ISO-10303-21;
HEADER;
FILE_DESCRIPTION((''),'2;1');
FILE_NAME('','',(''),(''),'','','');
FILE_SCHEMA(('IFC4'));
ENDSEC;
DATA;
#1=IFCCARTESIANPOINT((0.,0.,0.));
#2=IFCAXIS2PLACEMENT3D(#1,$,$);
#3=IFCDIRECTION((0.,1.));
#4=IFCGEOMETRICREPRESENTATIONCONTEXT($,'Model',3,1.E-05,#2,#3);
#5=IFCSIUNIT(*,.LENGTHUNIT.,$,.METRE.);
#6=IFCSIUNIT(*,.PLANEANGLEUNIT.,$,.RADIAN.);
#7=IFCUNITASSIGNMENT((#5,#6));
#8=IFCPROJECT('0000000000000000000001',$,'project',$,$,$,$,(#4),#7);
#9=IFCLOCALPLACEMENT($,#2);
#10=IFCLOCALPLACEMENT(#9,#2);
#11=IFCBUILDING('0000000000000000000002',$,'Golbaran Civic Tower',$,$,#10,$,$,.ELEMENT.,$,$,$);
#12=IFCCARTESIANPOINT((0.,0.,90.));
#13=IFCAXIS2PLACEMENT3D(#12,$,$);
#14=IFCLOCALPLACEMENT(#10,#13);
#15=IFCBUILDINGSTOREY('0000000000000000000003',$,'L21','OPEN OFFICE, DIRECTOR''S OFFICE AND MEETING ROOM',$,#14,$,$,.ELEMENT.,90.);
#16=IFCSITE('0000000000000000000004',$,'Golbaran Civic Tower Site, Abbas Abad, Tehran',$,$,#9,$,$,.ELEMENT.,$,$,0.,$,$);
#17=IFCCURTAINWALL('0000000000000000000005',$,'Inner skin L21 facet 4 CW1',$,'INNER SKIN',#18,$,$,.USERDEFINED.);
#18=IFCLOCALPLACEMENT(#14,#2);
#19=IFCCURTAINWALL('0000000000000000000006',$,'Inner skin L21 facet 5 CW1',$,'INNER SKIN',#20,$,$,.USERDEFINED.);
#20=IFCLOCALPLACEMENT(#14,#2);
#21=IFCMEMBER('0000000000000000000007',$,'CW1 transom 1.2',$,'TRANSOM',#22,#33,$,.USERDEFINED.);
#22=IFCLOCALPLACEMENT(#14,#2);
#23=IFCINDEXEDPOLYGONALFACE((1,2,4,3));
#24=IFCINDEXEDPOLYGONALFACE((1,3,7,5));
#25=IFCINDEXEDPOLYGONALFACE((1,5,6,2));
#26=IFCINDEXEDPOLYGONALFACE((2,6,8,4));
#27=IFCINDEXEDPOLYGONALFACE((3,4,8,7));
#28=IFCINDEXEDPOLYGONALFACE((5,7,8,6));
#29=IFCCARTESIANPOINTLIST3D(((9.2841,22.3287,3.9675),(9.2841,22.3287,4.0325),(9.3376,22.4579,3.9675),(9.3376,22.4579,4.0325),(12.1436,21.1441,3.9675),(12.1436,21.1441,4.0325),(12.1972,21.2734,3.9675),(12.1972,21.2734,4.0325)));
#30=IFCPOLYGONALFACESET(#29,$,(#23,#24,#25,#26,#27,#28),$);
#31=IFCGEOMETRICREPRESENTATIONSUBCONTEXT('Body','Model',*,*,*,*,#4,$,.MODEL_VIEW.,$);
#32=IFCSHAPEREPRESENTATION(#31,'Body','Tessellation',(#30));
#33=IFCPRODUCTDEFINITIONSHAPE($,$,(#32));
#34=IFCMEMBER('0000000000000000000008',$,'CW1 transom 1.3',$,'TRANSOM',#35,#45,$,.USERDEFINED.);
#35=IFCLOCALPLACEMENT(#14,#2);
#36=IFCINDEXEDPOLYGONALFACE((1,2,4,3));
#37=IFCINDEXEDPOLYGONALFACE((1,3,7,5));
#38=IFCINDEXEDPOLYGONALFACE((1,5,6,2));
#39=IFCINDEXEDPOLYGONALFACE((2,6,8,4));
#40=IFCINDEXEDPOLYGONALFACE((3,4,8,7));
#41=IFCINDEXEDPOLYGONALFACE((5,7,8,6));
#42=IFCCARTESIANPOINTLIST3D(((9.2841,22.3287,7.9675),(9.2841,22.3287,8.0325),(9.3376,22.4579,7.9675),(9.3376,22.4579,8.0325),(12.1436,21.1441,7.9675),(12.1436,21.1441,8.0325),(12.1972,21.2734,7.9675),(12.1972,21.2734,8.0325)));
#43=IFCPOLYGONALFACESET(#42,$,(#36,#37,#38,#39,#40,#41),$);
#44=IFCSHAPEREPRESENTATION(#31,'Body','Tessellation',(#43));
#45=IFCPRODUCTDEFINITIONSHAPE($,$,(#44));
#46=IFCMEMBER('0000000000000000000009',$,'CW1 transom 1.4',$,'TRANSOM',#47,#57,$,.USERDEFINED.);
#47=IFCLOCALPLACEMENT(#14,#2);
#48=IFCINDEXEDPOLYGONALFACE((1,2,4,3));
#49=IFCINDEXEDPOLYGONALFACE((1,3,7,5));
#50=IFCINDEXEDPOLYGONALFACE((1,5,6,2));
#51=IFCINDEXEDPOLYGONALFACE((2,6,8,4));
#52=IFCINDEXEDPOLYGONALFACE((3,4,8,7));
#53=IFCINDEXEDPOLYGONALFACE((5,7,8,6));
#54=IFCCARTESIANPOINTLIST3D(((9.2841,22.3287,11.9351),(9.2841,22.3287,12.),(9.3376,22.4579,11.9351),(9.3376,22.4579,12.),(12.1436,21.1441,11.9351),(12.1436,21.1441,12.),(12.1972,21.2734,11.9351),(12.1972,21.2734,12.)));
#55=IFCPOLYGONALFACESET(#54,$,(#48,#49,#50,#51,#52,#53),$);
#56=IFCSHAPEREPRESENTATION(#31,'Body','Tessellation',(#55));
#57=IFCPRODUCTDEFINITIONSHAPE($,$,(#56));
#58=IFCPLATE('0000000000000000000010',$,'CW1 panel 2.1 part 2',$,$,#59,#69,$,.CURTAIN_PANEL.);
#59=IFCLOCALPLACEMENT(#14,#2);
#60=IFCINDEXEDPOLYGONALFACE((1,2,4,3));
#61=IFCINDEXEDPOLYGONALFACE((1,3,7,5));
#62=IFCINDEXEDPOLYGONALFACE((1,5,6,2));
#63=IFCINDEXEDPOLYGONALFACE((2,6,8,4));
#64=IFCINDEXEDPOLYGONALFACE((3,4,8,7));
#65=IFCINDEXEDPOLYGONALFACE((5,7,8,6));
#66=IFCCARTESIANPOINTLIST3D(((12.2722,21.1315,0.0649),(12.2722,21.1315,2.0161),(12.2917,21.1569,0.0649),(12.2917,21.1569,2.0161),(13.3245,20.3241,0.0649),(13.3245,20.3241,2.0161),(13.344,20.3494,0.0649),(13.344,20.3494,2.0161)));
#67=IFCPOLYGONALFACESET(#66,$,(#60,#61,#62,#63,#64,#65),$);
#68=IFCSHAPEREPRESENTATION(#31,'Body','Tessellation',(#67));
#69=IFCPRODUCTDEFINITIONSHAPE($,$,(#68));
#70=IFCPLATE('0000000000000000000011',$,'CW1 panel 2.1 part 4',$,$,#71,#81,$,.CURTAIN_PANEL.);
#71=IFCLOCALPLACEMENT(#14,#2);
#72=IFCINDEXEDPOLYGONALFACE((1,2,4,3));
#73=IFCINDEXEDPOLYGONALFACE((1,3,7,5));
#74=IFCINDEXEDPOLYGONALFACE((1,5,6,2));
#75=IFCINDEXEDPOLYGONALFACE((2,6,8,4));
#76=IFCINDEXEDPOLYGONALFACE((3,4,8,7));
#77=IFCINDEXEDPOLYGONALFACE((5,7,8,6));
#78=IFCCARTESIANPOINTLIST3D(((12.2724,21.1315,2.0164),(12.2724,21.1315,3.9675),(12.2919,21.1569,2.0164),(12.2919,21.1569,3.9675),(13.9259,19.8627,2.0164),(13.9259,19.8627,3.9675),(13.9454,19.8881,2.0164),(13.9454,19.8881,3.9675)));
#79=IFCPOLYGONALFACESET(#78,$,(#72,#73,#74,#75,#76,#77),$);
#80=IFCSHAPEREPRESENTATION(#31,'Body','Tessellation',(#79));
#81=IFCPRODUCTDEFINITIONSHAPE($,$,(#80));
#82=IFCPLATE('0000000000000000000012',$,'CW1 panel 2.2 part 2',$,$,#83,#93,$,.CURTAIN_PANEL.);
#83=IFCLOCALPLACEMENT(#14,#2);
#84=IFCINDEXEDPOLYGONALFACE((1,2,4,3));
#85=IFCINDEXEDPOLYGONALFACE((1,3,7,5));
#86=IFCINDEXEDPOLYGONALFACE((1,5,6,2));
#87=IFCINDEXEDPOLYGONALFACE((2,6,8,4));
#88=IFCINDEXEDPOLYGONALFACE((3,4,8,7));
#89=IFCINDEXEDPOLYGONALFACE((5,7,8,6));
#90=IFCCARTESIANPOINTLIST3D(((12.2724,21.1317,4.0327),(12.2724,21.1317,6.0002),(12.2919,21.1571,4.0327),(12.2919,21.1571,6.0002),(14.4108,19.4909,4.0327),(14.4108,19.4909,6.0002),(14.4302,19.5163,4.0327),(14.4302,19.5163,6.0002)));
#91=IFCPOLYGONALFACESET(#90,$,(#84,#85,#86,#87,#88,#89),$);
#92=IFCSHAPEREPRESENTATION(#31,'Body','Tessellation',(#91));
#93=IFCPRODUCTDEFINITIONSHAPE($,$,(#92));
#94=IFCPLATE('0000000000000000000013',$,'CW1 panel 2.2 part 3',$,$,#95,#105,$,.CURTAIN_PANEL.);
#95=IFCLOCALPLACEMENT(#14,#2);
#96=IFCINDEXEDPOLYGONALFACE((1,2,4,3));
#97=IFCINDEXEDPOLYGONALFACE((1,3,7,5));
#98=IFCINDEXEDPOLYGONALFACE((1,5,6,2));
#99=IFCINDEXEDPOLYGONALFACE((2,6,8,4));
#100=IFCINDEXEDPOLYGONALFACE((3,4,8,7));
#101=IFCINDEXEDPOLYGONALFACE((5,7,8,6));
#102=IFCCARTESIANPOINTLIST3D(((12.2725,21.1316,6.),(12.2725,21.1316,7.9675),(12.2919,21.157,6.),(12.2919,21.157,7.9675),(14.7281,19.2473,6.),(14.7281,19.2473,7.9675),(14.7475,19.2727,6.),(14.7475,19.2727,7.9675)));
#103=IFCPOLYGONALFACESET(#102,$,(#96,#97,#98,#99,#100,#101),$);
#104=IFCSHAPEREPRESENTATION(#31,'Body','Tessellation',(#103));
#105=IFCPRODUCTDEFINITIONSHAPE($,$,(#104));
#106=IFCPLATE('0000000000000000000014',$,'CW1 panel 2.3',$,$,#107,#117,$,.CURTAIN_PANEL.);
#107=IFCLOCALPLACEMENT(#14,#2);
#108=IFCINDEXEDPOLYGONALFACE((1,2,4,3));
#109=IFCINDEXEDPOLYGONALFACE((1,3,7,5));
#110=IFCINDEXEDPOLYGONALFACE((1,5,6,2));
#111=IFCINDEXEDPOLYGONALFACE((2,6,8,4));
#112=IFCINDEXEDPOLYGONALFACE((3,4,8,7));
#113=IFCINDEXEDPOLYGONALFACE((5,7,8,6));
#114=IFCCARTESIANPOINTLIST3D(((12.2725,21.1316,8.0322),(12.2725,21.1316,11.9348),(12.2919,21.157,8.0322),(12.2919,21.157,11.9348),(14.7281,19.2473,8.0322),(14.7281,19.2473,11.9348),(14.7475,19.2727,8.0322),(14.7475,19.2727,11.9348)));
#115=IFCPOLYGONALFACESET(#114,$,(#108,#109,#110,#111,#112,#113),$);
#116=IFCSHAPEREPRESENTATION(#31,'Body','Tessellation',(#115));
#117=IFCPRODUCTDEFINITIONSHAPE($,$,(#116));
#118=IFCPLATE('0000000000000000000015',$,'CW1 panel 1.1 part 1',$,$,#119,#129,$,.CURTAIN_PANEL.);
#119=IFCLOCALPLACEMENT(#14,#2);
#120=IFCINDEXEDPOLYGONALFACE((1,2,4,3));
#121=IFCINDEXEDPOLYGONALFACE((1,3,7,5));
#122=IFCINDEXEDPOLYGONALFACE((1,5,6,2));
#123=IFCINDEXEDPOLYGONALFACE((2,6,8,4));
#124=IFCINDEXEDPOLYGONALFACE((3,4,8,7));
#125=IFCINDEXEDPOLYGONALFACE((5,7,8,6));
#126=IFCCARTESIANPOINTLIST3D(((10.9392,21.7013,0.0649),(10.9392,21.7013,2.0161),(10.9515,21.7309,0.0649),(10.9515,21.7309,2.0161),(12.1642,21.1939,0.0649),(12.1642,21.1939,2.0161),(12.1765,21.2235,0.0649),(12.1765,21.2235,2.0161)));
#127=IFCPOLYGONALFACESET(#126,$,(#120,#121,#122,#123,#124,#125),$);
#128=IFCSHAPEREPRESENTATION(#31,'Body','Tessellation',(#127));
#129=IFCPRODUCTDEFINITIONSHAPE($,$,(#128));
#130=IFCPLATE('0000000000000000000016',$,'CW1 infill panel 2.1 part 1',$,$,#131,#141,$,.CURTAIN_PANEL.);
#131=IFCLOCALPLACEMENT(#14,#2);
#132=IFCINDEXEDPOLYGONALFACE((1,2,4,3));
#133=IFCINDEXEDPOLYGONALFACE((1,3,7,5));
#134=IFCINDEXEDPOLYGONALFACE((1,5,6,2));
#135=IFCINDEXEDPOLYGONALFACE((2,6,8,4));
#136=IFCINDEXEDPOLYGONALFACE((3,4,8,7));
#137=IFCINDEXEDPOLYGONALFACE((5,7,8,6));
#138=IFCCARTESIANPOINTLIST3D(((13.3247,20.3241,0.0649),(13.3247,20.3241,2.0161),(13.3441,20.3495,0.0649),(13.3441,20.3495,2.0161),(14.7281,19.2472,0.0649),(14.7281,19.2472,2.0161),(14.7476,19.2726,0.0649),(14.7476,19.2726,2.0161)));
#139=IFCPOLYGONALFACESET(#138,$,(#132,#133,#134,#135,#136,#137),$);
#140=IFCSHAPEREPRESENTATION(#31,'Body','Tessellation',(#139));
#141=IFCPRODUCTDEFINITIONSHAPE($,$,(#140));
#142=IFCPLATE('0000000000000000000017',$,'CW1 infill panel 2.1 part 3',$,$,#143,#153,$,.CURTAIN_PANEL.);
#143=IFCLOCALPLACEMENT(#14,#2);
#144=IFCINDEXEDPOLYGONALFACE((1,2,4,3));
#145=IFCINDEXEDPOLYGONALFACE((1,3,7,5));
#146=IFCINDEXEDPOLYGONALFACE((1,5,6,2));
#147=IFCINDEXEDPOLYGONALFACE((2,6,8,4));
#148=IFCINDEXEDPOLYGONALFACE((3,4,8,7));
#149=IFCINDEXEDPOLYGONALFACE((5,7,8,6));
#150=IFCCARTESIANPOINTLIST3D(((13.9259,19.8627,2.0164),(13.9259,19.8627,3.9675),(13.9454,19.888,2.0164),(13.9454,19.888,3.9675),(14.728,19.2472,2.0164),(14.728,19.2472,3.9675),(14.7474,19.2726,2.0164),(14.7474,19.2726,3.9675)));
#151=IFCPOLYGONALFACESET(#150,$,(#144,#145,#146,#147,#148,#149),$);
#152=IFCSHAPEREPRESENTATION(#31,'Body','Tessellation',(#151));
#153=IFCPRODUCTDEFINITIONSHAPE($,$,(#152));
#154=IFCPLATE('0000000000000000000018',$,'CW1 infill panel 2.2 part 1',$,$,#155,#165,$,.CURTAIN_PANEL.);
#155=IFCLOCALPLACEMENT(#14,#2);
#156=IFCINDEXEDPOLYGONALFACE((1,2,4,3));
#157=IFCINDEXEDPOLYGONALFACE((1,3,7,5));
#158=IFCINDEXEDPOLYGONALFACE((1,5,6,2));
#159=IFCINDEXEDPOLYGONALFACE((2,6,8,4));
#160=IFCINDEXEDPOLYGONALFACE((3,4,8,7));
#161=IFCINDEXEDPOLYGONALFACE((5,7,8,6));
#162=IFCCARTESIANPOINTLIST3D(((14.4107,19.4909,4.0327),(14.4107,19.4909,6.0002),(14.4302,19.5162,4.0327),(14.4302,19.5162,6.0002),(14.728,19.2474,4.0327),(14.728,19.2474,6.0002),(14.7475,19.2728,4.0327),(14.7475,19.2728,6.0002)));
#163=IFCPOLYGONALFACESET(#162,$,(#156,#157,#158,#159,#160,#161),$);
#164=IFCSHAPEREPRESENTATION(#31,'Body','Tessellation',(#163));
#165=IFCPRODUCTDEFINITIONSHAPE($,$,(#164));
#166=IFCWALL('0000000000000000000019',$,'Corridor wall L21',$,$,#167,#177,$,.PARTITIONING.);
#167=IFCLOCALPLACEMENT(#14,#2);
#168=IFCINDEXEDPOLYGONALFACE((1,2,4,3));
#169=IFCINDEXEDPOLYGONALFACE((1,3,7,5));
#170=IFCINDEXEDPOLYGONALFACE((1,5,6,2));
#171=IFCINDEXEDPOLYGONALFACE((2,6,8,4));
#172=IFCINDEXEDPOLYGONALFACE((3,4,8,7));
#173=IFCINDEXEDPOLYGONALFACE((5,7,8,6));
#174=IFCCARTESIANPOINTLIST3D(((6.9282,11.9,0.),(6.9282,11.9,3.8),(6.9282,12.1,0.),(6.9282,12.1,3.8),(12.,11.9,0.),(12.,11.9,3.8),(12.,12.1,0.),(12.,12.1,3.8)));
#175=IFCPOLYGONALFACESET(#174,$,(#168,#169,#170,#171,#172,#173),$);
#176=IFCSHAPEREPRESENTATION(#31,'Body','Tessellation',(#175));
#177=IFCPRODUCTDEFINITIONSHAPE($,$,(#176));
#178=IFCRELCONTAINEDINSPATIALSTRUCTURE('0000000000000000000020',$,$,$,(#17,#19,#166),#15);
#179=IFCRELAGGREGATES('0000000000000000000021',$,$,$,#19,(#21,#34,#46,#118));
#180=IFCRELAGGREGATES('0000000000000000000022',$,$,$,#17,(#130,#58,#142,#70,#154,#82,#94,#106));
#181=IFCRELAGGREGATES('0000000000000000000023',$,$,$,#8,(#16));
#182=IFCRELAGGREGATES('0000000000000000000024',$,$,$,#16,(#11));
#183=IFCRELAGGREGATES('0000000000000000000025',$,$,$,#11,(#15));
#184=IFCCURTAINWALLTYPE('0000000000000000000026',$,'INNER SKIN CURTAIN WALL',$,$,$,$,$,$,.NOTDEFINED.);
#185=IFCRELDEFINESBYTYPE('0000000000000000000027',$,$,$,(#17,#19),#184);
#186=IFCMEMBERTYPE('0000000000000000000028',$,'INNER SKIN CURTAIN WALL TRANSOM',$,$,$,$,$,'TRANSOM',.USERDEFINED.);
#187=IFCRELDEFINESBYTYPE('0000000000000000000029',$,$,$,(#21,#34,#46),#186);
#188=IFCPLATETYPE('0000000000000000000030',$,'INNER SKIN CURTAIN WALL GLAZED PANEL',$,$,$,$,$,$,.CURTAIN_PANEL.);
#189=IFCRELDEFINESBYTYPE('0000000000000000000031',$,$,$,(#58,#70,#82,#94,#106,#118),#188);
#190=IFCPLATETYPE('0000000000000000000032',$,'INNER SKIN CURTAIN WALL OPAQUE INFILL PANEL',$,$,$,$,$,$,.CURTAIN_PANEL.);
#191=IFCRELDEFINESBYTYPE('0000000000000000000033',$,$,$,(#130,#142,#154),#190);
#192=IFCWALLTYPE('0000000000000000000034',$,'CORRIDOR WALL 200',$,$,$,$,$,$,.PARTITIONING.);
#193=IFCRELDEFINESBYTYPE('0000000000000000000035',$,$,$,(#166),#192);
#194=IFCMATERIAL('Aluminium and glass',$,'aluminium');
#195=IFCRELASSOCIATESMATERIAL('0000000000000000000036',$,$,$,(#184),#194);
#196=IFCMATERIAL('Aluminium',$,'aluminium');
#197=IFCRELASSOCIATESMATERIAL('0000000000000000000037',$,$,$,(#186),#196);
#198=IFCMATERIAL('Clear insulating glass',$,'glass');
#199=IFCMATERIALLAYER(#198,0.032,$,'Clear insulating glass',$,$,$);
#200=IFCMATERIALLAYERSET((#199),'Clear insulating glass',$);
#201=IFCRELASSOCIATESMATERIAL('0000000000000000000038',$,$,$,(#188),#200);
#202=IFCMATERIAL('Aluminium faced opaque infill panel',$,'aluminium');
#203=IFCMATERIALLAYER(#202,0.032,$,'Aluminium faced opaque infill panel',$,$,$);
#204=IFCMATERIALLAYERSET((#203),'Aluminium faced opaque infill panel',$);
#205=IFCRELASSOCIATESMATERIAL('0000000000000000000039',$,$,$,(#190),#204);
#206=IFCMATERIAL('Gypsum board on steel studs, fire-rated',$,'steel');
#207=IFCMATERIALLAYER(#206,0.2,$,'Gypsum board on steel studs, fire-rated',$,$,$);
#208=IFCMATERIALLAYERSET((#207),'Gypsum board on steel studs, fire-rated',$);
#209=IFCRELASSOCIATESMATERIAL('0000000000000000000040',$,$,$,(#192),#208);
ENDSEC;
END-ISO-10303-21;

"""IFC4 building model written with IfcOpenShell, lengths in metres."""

from ifc_helpers import new_model, si_unit, direction, frame, frame_2d, origin, origin_2d, place, context, subcontext, project, spatial, rectangle, extrude, material, layer, layer_set, material_profile, profile_set, type_object, element, aggregate, save


model = new_model("IFC4")

# Units and contexts
model_context = context("Model", 3, precision=1e-05, world=origin(), true_north=direction((0.0, 1.0)))
body_context = subcontext(model_context, "Body", "Model", "MODEL_VIEW")
ifc_project = project(units=[si_unit("LENGTHUNIT", "METRE"), si_unit("PLANEANGLEUNIT", "RADIAN")], contexts=[model_context])

# Site, building, storey
site_placement = place(None, origin())
site = spatial("IfcSite", under=ifc_project, at=site_placement, Name="Golbaran Civic Tower Site, Abbas Abad, Tehran", CompositionType="ELEMENT", RefElevation=0.0)
building_placement = place(site_placement, origin())
building = spatial("IfcBuilding", under=site, at=building_placement, Name="Golbaran Civic Tower", CompositionType="ELEMENT")
storey_placement = place(building_placement, frame((0.0, 0.0, 90.0)))
storey = spatial("IfcBuildingStorey", under=building, at=storey_placement, Name="L21", Description="OPEN OFFICE, DIRECTOR'S OFFICE AND MEETING ROOM", CompositionType="ELEMENT", Elevation=90.0)

# Curtain walls
ifc_material_1 = material(Name="Aluminium and glass", Category="aluminium")
curtain_wall_type = type_object("IfcCurtainWallType", Name="INNER SKIN CURTAIN WALL", PredefinedType="NOTDEFINED", material=ifc_material_1)
curtain_wall_1_placement = place(storey_placement, origin())
curtain_wall_1 = element("IfcCurtainWall", 1, at=curtain_wall_1_placement, inside=storey, type_object=curtain_wall_type, Name="Inner skin L21 facet 4 CW1", ObjectType="INNER SKIN", PredefinedType="USERDEFINED")
ifc_material_2 = material(Name="Aluminium", Category="aluminium")
curtain_wall_2_placement = place(storey_placement, origin())
curtain_wall_2 = element("IfcCurtainWall", 2, at=curtain_wall_2_placement, inside=storey, type_object=curtain_wall_type, Name="Inner skin L21 facet 5 CW1", ObjectType="INNER SKIN", PredefinedType="USERDEFINED")

# Members
ifc_material_profile_1 = material_profile(ifc_material_2, rectangle(XDim=0.1399, YDim=0.0649, at=origin_2d()), Name="INNER SKIN CURTAIN WALL TRANSOM")
ifc_profile_set_1 = profile_set([ifc_material_profile_1], Name="Aluminium")
member_type_1 = type_object("IfcMemberType", Name="INNER SKIN CURTAIN WALL TRANSOM", ElementType="TRANSOM", PredefinedType="USERDEFINED", material=ifc_profile_set_1)
member_1_placement = place(storey_placement, frame((12.1704, 21.2087, 4.0), z_axis=(-0.923871, 0.382705, 0.0), x_axis=(-0.382705, -0.923871, 0.0)))
member_1 = element("IfcMember", 3, at=member_1_placement, type_object=member_type_1, Name="CW1 transom 1.2", ObjectType="TRANSOM", PredefinedType="USERDEFINED", context=body_context, shape_type="SweptSolid", body=[
    extrude(rectangle(XDim=0.1399, YDim=0.0649, at=origin_2d()), origin(), (0.0, 0.0, 1.0), 3.0952),
])
member_2_placement = place(storey_placement, frame((12.1704, 21.2087, 8.0), z_axis=(-0.923871, 0.382705, 0.0), x_axis=(-0.382705, -0.923871, 0.0)))
member_2 = element("IfcMember", 4, at=member_2_placement, type_object=member_type_1, Name="CW1 transom 1.3", ObjectType="TRANSOM", PredefinedType="USERDEFINED", context=body_context, shape_type="SweptSolid", body=[
    extrude(rectangle(XDim=0.1399, YDim=0.0649, at=origin_2d()), origin(), (0.0, 0.0, 1.0), 3.0952),
])
member_3_placement = place(storey_placement, frame((12.1704, 21.2087, 11.9675), z_axis=(-0.923871, 0.382705, 0.0), x_axis=(-0.382705, -0.923871, 0.0)))
member_3 = element("IfcMember", 5, at=member_3_placement, type_object=member_type_1, Name="CW1 transom 1.4", ObjectType="TRANSOM", PredefinedType="USERDEFINED", context=body_context, shape_type="SweptSolid", body=[
    extrude(rectangle(XDim=0.1399, YDim=0.0649, at=origin_2d()), origin(), (0.0, 0.0, 1.0), 3.0952),
])

# Plates
ifc_material_3 = material(Name="Clear insulating glass", Category="glass")
ifc_layer_1 = layer(ifc_material_3, 0.032, Name="Clear insulating glass")
ifc_layer_set_1 = layer_set([ifc_layer_1], Name="Clear insulating glass")
plate_type_1 = type_object("IfcPlateType", Name="INNER SKIN CURTAIN WALL GLAZED PANEL", PredefinedType="CURTAIN_PANEL", material=ifc_layer_set_1)
plate_1_placement = place(storey_placement, frame((12.8081, 20.7405, 0.0649), z_axis=(0.0, 0.0, 1.0), x_axis=(-0.793353, 0.608761, 0.0)))
plate_1 = element("IfcPlate", 6, at=plate_1_placement, type_object=plate_type_1, Name="CW1 panel 2.1 part 2", PredefinedType="CURTAIN_PANEL", context=body_context, shape_type="SweptSolid", body=[
    extrude(rectangle(XDim=1.3264, YDim=0.032, at=origin_2d()), origin(), (0.0, 0.0, 1.0), 1.9512),
])
plate_2_placement = place(storey_placement, frame((13.1089, 20.5098, 2.0164), z_axis=(0.0, 0.0, 1.0), x_axis=(-0.793353, 0.608761, 0.0)))
plate_2 = element("IfcPlate", 7, at=plate_2_placement, type_object=plate_type_1, Name="CW1 panel 2.1 part 4", PredefinedType="CURTAIN_PANEL", context=body_context, shape_type="SweptSolid", body=[
    extrude(rectangle(XDim=2.0842, YDim=0.032, at=origin_2d()), origin(), (0.0, 0.0, 1.0), 1.9512),
])
plate_3_placement = place(storey_placement, frame((13.3513, 20.324, 4.0327), z_axis=(0.0, 0.0, 1.0), x_axis=(-0.793353, 0.608761, 0.0)))
plate_3 = element("IfcPlate", 8, at=plate_3_placement, type_object=plate_type_1, Name="CW1 panel 2.2 part 2", PredefinedType="CURTAIN_PANEL", context=body_context, shape_type="SweptSolid", body=[
    extrude(rectangle(XDim=2.6953, YDim=0.032, at=origin_2d()), origin(), (0.0, 0.0, 1.0), 1.9675),
])
plate_4_placement = place(storey_placement, frame((13.51, 20.2021, 6.0), z_axis=(0.0, 0.0, 1.0), x_axis=(-0.793353, 0.608761, 0.0)))
plate_4 = element("IfcPlate", 9, at=plate_4_placement, type_object=plate_type_1, Name="CW1 panel 2.2 part 3", PredefinedType="CURTAIN_PANEL", context=body_context, shape_type="SweptSolid", body=[
    extrude(rectangle(XDim=3.0952, YDim=0.032, at=origin_2d()), origin(), (0.0, 0.0, 1.0), 1.9675),
])
plate_5_placement = place(storey_placement, frame((13.51, 20.2021, 8.0322), z_axis=(0.0, 0.0, 1.0), x_axis=(-0.793353, 0.608761, 0.0)))
plate_5 = element("IfcPlate", 10, at=plate_5_placement, type_object=plate_type_1, Name="CW1 panel 2.3", PredefinedType="CURTAIN_PANEL", context=body_context, shape_type="SweptSolid", body=[
    extrude(rectangle(XDim=3.0952, YDim=0.032, at=origin_2d()), origin(), (0.0, 0.0, 1.0), 3.9026),
])
plate_6_placement = place(storey_placement, frame((11.5579, 21.4624, 0.0649), z_axis=(0.0, 0.0, 1.0), x_axis=(-0.92388, 0.382683, 0.0)))
plate_6 = element("IfcPlate", 11, at=plate_6_placement, type_object=plate_type_1, Name="CW1 panel 1.1 part 1", PredefinedType="CURTAIN_PANEL", context=body_context, shape_type="SweptSolid", body=[
    extrude(rectangle(XDim=1.3259, YDim=0.032, at=origin_2d()), origin(), (0.0, 0.0, 1.0), 1.9512),
])
aggregate(curtain_wall_2, [member_1, member_2, member_3, plate_6])
ifc_material_4 = material(Name="Aluminium faced opaque infill panel", Category="aluminium")
ifc_layer_2 = layer(ifc_material_4, 0.032, Name="Aluminium faced opaque infill panel")
ifc_layer_set_2 = layer_set([ifc_layer_2], Name="Aluminium faced opaque infill panel")
plate_type_2 = type_object("IfcPlateType", Name="INNER SKIN CURTAIN WALL OPAQUE INFILL PANEL", PredefinedType="CURTAIN_PANEL", material=ifc_layer_set_2)
plate_7_placement = place(storey_placement, frame((14.0361, 19.7983, 0.0649), z_axis=(0.0, 0.0, 1.0), x_axis=(-0.793353, 0.608761, 0.0)))
plate_7 = element("IfcPlate", 12, at=plate_7_placement, type_object=plate_type_2, Name="CW1 infill panel 2.1 part 1", PredefinedType="CURTAIN_PANEL", context=body_context, shape_type="SweptSolid", body=[
    extrude(rectangle(XDim=1.769, YDim=0.032, at=origin_2d()), origin(), (0.0, 0.0, 1.0), 1.9512),
])
plate_8_placement = place(storey_placement, frame((14.3367, 19.5676, 2.0164), z_axis=(0.0, 0.0, 1.0), x_axis=(-0.793353, 0.608761, 0.0)))
plate_8 = element("IfcPlate", 13, at=plate_8_placement, type_object=plate_type_2, Name="CW1 infill panel 2.1 part 3", PredefinedType="CURTAIN_PANEL", context=body_context, shape_type="SweptSolid", body=[
    extrude(rectangle(XDim=1.011, YDim=0.032, at=origin_2d()), origin(), (0.0, 0.0, 1.0), 1.9512),
])
plate_9_placement = place(storey_placement, frame((14.5791, 19.3818, 4.0327), z_axis=(0.0, 0.0, 1.0), x_axis=(-0.793353, 0.608761, 0.0)))
plate_9 = element("IfcPlate", 14, at=plate_9_placement, type_object=plate_type_2, Name="CW1 infill panel 2.2 part 1", PredefinedType="CURTAIN_PANEL", context=body_context, shape_type="SweptSolid", body=[
    extrude(rectangle(XDim=0.3999, YDim=0.032, at=origin_2d()), origin(), (0.0, 0.0, 1.0), 1.9675),
])
aggregate(curtain_wall_1, [plate_7, plate_1, plate_8, plate_2, plate_9, plate_3, plate_4, plate_5])

# Wall
ifc_material_5 = material(Name="Gypsum board on steel studs, fire-rated", Category="steel")
ifc_layer_3 = layer(ifc_material_5, 0.2, Name="Gypsum board on steel studs, fire-rated")
ifc_layer_set_3 = layer_set([ifc_layer_3], Name="Gypsum board on steel studs, fire-rated")
wall_type_1 = type_object("IfcWallType", Name="CORRIDOR WALL 200", PredefinedType="PARTITIONING", material=ifc_layer_set_3)
wall_1_placement = place(storey_placement, frame((12.0, 12.0, 0.0), z_axis=(0.0, 0.0, 1.0), x_axis=(-1.0, 0.0, 0.0)))
element("IfcWall", 15, at=wall_1_placement, inside=storey, type_object=wall_type_1, Name="Corridor wall L21", PredefinedType="PARTITIONING", context=body_context, shape_type="SweptSolid", body=[
    extrude(rectangle(XDim=5.0718, YDim=0.2, at=frame_2d((2.5359, 0.0))), origin(), (0.0, 0.0, 1.0), 3.8),
])

save(model, "model.ifc")
